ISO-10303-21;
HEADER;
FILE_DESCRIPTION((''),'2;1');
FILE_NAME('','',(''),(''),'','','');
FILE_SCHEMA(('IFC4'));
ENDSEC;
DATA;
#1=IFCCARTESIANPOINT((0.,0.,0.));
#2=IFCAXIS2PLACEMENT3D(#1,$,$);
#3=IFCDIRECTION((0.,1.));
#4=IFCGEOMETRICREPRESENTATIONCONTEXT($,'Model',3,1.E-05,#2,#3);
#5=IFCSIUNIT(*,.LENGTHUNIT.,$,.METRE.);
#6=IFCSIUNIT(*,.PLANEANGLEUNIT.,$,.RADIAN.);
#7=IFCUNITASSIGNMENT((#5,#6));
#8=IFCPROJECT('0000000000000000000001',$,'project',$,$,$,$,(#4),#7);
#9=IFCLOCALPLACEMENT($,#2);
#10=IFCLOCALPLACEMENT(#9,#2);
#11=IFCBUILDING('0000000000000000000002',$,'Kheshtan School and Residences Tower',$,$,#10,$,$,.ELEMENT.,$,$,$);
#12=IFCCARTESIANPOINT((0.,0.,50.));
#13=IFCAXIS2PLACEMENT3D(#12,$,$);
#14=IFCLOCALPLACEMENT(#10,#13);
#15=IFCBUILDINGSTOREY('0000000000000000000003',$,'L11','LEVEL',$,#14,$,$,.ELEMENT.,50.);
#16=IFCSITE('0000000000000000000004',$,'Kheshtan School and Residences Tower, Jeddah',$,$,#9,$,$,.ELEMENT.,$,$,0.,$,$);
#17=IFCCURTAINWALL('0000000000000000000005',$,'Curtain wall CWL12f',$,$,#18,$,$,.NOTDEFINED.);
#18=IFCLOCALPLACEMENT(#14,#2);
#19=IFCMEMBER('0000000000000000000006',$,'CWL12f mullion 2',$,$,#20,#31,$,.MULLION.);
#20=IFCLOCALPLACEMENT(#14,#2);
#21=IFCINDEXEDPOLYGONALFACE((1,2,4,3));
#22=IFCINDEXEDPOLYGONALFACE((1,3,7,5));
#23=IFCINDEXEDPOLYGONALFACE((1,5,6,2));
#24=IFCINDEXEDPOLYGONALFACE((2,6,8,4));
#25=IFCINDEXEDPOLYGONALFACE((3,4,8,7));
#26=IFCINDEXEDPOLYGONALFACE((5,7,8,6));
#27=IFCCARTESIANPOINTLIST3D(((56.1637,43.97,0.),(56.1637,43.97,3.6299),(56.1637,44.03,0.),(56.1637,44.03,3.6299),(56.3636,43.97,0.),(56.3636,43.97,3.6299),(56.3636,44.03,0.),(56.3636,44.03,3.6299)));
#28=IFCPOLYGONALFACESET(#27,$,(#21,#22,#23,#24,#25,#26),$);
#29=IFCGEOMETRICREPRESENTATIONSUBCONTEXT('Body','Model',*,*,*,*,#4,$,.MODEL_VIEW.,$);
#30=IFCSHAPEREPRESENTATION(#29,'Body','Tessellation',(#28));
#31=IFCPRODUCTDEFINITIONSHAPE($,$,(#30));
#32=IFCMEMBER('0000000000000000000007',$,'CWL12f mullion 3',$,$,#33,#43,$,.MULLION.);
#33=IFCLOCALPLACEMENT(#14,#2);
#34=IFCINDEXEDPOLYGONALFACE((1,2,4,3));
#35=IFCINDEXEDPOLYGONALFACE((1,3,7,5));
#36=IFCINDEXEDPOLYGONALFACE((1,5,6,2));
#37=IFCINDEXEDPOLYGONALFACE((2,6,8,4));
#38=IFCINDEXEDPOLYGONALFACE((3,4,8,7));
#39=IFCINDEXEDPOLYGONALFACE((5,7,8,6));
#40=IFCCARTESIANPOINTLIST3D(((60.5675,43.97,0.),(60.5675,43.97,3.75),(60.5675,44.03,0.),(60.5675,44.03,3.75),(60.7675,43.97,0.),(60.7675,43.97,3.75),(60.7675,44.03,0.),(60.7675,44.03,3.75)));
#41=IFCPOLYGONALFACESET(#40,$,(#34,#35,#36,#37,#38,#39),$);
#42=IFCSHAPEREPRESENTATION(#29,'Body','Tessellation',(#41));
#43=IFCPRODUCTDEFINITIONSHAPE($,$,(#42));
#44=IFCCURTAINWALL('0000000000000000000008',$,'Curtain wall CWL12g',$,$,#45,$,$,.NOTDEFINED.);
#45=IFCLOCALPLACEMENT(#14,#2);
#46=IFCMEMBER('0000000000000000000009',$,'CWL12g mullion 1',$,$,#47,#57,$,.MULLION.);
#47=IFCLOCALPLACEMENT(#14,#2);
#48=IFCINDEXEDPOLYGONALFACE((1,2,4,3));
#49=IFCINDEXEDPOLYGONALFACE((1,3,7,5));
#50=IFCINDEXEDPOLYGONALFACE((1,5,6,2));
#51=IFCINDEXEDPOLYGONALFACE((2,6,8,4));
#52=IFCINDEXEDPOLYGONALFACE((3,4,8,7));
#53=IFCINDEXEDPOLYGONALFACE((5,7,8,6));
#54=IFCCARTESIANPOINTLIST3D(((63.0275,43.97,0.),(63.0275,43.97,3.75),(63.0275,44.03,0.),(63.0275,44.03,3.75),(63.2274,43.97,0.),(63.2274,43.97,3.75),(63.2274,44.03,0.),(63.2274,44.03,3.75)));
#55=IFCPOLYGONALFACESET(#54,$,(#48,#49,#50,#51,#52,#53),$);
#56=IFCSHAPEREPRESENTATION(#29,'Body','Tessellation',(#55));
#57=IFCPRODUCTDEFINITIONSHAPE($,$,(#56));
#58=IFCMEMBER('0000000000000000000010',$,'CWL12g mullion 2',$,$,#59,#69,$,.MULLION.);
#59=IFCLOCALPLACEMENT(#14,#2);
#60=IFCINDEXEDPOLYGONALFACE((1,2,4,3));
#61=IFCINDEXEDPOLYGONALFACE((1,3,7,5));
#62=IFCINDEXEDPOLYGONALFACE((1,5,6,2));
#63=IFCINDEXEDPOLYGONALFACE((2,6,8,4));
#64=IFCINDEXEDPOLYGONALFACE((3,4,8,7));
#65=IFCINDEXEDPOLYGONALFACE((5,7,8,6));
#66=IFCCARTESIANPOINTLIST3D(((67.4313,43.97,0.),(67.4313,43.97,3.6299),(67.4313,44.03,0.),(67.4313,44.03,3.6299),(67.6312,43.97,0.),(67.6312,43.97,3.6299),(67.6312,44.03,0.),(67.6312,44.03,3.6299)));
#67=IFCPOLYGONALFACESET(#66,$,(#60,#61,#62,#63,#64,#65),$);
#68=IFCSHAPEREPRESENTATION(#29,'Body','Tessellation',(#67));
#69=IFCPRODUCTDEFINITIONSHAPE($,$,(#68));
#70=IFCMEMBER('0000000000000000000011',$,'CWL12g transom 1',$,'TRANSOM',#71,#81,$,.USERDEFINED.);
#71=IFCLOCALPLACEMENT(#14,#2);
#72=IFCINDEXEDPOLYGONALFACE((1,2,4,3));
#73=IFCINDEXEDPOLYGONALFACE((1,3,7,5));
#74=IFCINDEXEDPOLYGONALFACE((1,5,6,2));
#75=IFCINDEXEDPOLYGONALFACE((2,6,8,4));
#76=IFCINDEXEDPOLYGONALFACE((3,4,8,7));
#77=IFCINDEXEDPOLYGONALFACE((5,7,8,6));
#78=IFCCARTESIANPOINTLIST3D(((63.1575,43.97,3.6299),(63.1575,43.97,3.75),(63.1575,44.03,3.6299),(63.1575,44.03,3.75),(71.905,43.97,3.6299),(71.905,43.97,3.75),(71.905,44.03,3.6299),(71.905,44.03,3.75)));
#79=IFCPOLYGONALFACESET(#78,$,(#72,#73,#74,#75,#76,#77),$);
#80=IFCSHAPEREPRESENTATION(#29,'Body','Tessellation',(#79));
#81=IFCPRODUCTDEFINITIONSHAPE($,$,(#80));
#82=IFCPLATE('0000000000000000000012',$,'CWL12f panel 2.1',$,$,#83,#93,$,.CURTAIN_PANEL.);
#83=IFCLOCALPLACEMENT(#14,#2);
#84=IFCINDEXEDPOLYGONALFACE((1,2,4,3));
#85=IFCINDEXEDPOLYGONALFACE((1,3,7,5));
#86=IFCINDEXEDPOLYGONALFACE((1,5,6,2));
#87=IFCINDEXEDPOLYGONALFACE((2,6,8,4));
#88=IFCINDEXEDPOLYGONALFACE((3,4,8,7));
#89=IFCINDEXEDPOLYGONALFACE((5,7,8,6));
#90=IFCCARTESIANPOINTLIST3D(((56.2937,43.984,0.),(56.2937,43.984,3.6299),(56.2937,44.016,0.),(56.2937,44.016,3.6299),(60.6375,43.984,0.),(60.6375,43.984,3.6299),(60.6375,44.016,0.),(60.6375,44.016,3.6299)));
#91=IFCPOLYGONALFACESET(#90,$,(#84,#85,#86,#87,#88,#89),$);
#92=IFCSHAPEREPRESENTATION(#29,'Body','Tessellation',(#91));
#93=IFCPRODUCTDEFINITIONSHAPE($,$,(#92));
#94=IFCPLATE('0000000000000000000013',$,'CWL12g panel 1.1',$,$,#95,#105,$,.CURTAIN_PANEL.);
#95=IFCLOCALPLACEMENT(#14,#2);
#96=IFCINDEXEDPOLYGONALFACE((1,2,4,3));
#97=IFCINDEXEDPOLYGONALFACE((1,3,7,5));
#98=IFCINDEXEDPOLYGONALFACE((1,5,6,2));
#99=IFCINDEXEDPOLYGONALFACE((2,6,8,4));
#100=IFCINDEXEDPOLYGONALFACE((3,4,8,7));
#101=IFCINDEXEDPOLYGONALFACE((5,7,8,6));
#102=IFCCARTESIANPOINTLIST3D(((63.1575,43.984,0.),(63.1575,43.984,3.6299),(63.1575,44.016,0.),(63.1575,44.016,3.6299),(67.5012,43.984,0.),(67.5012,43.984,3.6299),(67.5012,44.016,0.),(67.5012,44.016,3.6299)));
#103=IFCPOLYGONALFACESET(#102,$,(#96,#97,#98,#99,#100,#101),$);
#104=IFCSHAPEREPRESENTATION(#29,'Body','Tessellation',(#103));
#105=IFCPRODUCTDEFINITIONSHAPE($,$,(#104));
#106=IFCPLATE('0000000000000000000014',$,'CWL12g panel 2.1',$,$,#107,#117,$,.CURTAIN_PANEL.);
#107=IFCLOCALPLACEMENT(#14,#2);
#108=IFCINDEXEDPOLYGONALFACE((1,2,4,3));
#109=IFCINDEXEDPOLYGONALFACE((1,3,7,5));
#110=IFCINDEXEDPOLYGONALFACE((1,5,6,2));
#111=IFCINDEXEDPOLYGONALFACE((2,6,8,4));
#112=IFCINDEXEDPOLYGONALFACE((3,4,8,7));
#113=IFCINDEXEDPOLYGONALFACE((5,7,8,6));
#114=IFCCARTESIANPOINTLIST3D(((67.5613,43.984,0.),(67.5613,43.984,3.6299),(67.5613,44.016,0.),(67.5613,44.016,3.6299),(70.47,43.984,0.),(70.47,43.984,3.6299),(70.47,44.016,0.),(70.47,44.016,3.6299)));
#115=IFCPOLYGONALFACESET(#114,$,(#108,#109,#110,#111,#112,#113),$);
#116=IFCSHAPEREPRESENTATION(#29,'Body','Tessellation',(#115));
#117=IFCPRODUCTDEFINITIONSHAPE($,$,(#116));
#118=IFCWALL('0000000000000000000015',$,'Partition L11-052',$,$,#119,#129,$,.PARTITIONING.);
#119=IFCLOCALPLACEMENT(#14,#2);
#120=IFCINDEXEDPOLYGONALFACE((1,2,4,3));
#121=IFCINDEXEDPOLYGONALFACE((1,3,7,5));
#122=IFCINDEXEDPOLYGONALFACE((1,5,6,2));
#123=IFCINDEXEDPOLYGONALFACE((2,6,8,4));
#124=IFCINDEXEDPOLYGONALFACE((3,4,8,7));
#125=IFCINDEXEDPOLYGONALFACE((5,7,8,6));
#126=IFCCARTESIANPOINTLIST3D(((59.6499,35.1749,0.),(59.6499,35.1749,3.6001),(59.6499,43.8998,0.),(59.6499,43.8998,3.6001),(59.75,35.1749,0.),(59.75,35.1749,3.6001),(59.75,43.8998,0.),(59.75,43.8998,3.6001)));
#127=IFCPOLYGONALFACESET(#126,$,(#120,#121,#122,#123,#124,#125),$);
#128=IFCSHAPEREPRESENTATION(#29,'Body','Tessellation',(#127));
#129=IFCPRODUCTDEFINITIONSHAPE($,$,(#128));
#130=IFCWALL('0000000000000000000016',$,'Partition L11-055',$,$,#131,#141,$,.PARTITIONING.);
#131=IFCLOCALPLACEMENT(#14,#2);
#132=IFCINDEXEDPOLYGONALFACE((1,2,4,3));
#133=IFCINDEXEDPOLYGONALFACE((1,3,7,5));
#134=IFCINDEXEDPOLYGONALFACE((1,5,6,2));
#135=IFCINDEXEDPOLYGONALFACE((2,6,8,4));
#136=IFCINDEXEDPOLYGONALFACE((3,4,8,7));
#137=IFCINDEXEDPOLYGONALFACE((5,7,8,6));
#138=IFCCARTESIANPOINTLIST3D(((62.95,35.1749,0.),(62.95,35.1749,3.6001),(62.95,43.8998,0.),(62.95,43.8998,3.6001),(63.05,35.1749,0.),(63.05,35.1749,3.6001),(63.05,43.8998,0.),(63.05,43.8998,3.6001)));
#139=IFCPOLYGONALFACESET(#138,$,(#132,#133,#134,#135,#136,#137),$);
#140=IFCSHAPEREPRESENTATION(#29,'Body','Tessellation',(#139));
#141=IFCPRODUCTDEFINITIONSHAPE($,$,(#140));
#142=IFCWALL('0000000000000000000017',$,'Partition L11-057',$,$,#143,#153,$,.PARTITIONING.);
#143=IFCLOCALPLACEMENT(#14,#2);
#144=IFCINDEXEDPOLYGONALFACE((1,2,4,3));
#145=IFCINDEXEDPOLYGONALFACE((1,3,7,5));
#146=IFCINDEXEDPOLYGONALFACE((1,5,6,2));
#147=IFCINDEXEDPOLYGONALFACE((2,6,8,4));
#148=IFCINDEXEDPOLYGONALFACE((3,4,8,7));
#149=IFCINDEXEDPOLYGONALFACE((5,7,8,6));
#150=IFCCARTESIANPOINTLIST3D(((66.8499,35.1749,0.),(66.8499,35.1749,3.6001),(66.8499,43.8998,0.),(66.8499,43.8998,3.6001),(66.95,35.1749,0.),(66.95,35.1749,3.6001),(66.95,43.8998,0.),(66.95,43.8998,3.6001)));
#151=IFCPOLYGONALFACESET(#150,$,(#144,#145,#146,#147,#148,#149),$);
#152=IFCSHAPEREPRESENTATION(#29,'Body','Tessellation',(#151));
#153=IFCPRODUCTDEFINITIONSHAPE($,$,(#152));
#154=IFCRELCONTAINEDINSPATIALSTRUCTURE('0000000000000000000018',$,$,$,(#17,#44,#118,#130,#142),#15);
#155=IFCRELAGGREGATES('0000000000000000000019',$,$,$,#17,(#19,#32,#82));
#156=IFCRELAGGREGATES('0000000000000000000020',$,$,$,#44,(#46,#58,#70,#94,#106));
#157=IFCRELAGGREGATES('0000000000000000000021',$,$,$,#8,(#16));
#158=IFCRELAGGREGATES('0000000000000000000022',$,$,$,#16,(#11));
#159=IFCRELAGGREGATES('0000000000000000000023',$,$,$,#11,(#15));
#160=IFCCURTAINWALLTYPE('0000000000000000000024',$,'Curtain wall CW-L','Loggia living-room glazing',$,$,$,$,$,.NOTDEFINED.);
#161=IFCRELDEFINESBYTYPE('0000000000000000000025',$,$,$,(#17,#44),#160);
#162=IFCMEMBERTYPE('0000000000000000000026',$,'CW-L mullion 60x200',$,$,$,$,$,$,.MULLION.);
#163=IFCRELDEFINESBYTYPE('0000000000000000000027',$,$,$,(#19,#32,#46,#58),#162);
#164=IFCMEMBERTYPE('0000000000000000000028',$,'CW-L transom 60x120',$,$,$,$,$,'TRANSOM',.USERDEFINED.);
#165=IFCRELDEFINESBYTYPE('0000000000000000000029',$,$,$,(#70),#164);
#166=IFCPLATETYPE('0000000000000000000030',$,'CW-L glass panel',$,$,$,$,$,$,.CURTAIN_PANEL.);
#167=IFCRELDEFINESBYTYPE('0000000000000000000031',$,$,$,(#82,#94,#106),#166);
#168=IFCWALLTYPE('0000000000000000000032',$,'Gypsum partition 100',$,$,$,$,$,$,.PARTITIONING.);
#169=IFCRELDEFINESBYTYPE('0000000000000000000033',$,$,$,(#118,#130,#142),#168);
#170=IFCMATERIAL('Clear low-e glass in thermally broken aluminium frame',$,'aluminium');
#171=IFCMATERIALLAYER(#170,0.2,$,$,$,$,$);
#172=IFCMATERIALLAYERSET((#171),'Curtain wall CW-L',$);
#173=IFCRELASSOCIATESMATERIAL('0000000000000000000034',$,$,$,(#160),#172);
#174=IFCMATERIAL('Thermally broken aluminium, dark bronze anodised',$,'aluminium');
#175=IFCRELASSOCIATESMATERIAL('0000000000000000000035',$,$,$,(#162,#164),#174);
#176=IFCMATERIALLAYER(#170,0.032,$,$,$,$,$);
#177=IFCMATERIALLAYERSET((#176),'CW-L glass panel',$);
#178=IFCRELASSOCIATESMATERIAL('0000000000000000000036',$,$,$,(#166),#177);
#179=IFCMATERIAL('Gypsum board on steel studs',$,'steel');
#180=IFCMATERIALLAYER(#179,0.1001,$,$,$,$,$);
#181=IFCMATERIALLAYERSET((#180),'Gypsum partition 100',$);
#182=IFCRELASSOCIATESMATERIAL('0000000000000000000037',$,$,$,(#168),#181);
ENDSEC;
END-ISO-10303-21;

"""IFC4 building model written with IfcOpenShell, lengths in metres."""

from ifc_helpers import new_model, si_unit, direction, frame, frame_2d, origin, origin_2d, place, context, subcontext, project, spatial, rectangle, extrude, material, layer, layer_set, material_profile, profile_set, type_object, element, aggregate, save


model = new_model("IFC4")

# Units and contexts
model_context = context("Model", 3, precision=1e-05, world=origin(), true_north=direction((0.0, 1.0)))
body_context = subcontext(model_context, "Body", "Model", "MODEL_VIEW")
ifc_project = project(units=[si_unit("LENGTHUNIT", "METRE"), si_unit("PLANEANGLEUNIT", "RADIAN")], contexts=[model_context])

# Site, building, storey
site_placement = place(None, origin())
site = spatial("IfcSite", under=ifc_project, at=site_placement, Name="Kheshtan School and Residences Tower, Jeddah", CompositionType="ELEMENT", RefElevation=0.0)
building_placement = place(site_placement, origin())
building = spatial("IfcBuilding", under=site, at=building_placement, Name="Kheshtan School and Residences Tower", CompositionType="ELEMENT")
storey_placement = place(building_placement, frame((0.0, 0.0, 50.0)))
storey = spatial("IfcBuildingStorey", under=building, at=storey_placement, Name="L11", Description="LEVEL", CompositionType="ELEMENT", Elevation=50.0)

# Curtain walls, members
ifc_material_1 = material(Name="Clear low-e glass in thermally broken aluminium frame", Category="aluminium")
ifc_layer_1 = layer(ifc_material_1, 0.2)
ifc_layer_set_1 = layer_set([ifc_layer_1], Name="Curtain wall CW-L")
curtain_wall_type = type_object("IfcCurtainWallType", Name="Curtain wall CW-L", Description="Loggia living-room glazing", PredefinedType="NOTDEFINED", material=ifc_layer_set_1)
curtain_wall_1_placement = place(storey_placement, origin())
curtain_wall_1 = element("IfcCurtainWall", 1, at=curtain_wall_1_placement, inside=storey, type_object=curtain_wall_type, Name="Curtain wall CWL12f", PredefinedType="NOTDEFINED")
ifc_material_2 = material(Name="Thermally broken aluminium, dark bronze anodised", Category="aluminium")
ifc_material_profile_1 = material_profile(ifc_material_2, rectangle(XDim=0.0601, YDim=0.2, at=origin_2d()), Name="CW-L mullion 60x200")
ifc_profile_set_1 = profile_set([ifc_material_profile_1], Name="Thermally broken aluminium, dark bronze anodised")
member_type_1 = type_object("IfcMemberType", Name="CW-L mullion 60x200", PredefinedType="MULLION", material=ifc_profile_set_1)
member_1_placement = place(storey_placement, frame((56.2637, 44.0, 0.0), z_axis=(0.0, 0.0, 1.0), x_axis=(0.0, 1.0, 0.0)))
member_1 = element("IfcMember", 2, at=member_1_placement, type_object=member_type_1, Name="CWL12f mullion 2", PredefinedType="MULLION", context=body_context, shape_type="SweptSolid", body=[
    extrude(rectangle(XDim=0.0601, YDim=0.2, at=origin_2d()), origin(), (0.0, 0.0, 1.0), 3.6299),
])
member_2_placement = place(storey_placement, frame((60.6675, 44.0, 0.0), z_axis=(0.0, 0.0, 1.0), x_axis=(0.0, 1.0, 0.0)))
member_2 = element("IfcMember", 3, at=member_2_placement, type_object=member_type_1, Name="CWL12f mullion 3", PredefinedType="MULLION", context=body_context, shape_type="SweptSolid", body=[
    extrude(rectangle(XDim=0.0601, YDim=0.2, at=origin_2d()), origin(), (0.0, 0.0, 1.0), 3.75),
])
curtain_wall_2_placement = place(storey_placement, origin())
curtain_wall_2 = element("IfcCurtainWall", 4, at=curtain_wall_2_placement, inside=storey, type_object=curtain_wall_type, Name="Curtain wall CWL12g", PredefinedType="NOTDEFINED")
member_3_placement = place(storey_placement, frame((63.1274, 44.0, 0.0), z_axis=(0.0, 0.0, 1.0), x_axis=(0.0, 1.0, 0.0)))
member_3 = element("IfcMember", 5, at=member_3_placement, type_object=member_type_1, Name="CWL12g mullion 1", PredefinedType="MULLION", context=body_context, shape_type="SweptSolid", body=[
    extrude(rectangle(XDim=0.0601, YDim=0.2, at=origin_2d()), origin(), (0.0, 0.0, 1.0), 3.75),
])
member_4_placement = place(storey_placement, frame((67.5312, 44.0, 0.0), z_axis=(0.0, 0.0, 1.0), x_axis=(0.0, 1.0, 0.0)))
member_4 = element("IfcMember", 6, at=member_4_placement, type_object=member_type_1, Name="CWL12g mullion 2", PredefinedType="MULLION", context=body_context, shape_type="SweptSolid", body=[
    extrude(rectangle(XDim=0.0601, YDim=0.2, at=origin_2d()), origin(), (0.0, 0.0, 1.0), 3.6299),
])
ifc_material_profile_2 = material_profile(ifc_material_2, rectangle(XDim=0.0601, YDim=0.1201, at=origin_2d()), Name="CW-L transom 60x120")
ifc_profile_set_2 = profile_set([ifc_material_profile_2], Name="Thermally broken aluminium, dark bronze anodised")
member_type_2 = type_object("IfcMemberType", Name="CW-L transom 60x120", ElementType="TRANSOM", PredefinedType="USERDEFINED", material=ifc_profile_set_2)
member_5_placement = place(storey_placement, frame((63.1575, 44.0, 3.6899), z_axis=(1.0, 0.0, 0.0), x_axis=(0.0, 1.0, 0.0)))
member_5 = element("IfcMember", 7, at=member_5_placement, type_object=member_type_2, Name="CWL12g transom 1", ObjectType="TRANSOM", PredefinedType="USERDEFINED", context=body_context, shape_type="SweptSolid", body=[
    extrude(rectangle(XDim=0.0601, YDim=0.1201, at=origin_2d()), origin(), (0.0, 0.0, 1.0), 8.7476),
])

# Plates
ifc_layer_2 = layer(ifc_material_1, 0.032)
ifc_layer_set_2 = layer_set([ifc_layer_2], Name="CW-L glass panel")
plate_type = type_object("IfcPlateType", Name="CW-L glass panel", PredefinedType="CURTAIN_PANEL", material=ifc_layer_set_2)
plate_1_placement = place(storey_placement, frame((58.4656, 44.0, 0.0), z_axis=(0.0, 0.0, 1.0), x_axis=(1.0, 0.0, 0.0)))
plate_1 = element("IfcPlate", 8, at=plate_1_placement, type_object=plate_type, Name="CWL12f panel 2.1", PredefinedType="CURTAIN_PANEL", context=body_context, shape_type="SweptSolid", body=[
    extrude(rectangle(XDim=4.3438, YDim=0.032, at=origin_2d()), origin(), (0.0, 0.0, 1.0), 3.6299),
])
aggregate(curtain_wall_1, [member_1, member_2, plate_1])
plate_2_placement = place(storey_placement, frame((65.3293, 44.0, 0.0), z_axis=(0.0, 0.0, 1.0), x_axis=(1.0, 0.0, 0.0)))
plate_2 = element("IfcPlate", 9, at=plate_2_placement, type_object=plate_type, Name="CWL12g panel 1.1", PredefinedType="CURTAIN_PANEL", context=body_context, shape_type="SweptSolid", body=[
    extrude(rectangle(XDim=4.3438, YDim=0.032, at=origin_2d()), origin(), (0.0, 0.0, 1.0), 3.6299),
])
plate_3_placement = place(storey_placement, frame((69.0156, 44.0, 0.0), z_axis=(0.0, 0.0, 1.0), x_axis=(1.0, 0.0, 0.0)))
plate_3 = element("IfcPlate", 10, at=plate_3_placement, type_object=plate_type, Name="CWL12g panel 2.1", PredefinedType="CURTAIN_PANEL", context=body_context, shape_type="SweptSolid", body=[
    extrude(rectangle(XDim=2.9087, YDim=0.032, at=origin_2d()), origin(), (0.0, 0.0, 1.0), 3.6299),
])
aggregate(curtain_wall_2, [member_3, member_4, member_5, plate_2, plate_3])

# Walls
ifc_material_3 = material(Name="Gypsum board on steel studs", Category="steel")
ifc_layer_3 = layer(ifc_material_3, 0.1001)
ifc_layer_set_3 = layer_set([ifc_layer_3], Name="Gypsum partition 100")
wall_type_1 = type_object("IfcWallType", Name="Gypsum partition 100", PredefinedType="PARTITIONING", material=ifc_layer_set_3)
for number, where, z_axis, x_axis, name in (
    (11, (59.7, 35.175, 0.0), (0.0, 0.0, 1.0), (0.0, 1.0, 0.0), "Partition L11-052"),
    (12, (63.0, 35.175, 0.0), (0.0, 0.0, 1.0), (0.0, 1.0, 0.0), "Partition L11-055"),
    (13, (66.8999, 35.175, 0.0), (0.0, 0.0, 1.0), (0.0, 1.0, 0.0), "Partition L11-057"),
):
    element("IfcWall", number, at=place(storey_placement, frame(where, z_axis=z_axis, x_axis=x_axis)), inside=storey, type_object=wall_type_1, Name=name, PredefinedType="PARTITIONING", context=body_context, shape_type="SweptSolid", body=[
        extrude(rectangle(XDim=8.7249, YDim=0.1001, at=frame_2d((4.3623, 0.0))), origin(), (0.0, 0.0, 1.0), 3.6001),
    ])

save(model, "model.ifc")
